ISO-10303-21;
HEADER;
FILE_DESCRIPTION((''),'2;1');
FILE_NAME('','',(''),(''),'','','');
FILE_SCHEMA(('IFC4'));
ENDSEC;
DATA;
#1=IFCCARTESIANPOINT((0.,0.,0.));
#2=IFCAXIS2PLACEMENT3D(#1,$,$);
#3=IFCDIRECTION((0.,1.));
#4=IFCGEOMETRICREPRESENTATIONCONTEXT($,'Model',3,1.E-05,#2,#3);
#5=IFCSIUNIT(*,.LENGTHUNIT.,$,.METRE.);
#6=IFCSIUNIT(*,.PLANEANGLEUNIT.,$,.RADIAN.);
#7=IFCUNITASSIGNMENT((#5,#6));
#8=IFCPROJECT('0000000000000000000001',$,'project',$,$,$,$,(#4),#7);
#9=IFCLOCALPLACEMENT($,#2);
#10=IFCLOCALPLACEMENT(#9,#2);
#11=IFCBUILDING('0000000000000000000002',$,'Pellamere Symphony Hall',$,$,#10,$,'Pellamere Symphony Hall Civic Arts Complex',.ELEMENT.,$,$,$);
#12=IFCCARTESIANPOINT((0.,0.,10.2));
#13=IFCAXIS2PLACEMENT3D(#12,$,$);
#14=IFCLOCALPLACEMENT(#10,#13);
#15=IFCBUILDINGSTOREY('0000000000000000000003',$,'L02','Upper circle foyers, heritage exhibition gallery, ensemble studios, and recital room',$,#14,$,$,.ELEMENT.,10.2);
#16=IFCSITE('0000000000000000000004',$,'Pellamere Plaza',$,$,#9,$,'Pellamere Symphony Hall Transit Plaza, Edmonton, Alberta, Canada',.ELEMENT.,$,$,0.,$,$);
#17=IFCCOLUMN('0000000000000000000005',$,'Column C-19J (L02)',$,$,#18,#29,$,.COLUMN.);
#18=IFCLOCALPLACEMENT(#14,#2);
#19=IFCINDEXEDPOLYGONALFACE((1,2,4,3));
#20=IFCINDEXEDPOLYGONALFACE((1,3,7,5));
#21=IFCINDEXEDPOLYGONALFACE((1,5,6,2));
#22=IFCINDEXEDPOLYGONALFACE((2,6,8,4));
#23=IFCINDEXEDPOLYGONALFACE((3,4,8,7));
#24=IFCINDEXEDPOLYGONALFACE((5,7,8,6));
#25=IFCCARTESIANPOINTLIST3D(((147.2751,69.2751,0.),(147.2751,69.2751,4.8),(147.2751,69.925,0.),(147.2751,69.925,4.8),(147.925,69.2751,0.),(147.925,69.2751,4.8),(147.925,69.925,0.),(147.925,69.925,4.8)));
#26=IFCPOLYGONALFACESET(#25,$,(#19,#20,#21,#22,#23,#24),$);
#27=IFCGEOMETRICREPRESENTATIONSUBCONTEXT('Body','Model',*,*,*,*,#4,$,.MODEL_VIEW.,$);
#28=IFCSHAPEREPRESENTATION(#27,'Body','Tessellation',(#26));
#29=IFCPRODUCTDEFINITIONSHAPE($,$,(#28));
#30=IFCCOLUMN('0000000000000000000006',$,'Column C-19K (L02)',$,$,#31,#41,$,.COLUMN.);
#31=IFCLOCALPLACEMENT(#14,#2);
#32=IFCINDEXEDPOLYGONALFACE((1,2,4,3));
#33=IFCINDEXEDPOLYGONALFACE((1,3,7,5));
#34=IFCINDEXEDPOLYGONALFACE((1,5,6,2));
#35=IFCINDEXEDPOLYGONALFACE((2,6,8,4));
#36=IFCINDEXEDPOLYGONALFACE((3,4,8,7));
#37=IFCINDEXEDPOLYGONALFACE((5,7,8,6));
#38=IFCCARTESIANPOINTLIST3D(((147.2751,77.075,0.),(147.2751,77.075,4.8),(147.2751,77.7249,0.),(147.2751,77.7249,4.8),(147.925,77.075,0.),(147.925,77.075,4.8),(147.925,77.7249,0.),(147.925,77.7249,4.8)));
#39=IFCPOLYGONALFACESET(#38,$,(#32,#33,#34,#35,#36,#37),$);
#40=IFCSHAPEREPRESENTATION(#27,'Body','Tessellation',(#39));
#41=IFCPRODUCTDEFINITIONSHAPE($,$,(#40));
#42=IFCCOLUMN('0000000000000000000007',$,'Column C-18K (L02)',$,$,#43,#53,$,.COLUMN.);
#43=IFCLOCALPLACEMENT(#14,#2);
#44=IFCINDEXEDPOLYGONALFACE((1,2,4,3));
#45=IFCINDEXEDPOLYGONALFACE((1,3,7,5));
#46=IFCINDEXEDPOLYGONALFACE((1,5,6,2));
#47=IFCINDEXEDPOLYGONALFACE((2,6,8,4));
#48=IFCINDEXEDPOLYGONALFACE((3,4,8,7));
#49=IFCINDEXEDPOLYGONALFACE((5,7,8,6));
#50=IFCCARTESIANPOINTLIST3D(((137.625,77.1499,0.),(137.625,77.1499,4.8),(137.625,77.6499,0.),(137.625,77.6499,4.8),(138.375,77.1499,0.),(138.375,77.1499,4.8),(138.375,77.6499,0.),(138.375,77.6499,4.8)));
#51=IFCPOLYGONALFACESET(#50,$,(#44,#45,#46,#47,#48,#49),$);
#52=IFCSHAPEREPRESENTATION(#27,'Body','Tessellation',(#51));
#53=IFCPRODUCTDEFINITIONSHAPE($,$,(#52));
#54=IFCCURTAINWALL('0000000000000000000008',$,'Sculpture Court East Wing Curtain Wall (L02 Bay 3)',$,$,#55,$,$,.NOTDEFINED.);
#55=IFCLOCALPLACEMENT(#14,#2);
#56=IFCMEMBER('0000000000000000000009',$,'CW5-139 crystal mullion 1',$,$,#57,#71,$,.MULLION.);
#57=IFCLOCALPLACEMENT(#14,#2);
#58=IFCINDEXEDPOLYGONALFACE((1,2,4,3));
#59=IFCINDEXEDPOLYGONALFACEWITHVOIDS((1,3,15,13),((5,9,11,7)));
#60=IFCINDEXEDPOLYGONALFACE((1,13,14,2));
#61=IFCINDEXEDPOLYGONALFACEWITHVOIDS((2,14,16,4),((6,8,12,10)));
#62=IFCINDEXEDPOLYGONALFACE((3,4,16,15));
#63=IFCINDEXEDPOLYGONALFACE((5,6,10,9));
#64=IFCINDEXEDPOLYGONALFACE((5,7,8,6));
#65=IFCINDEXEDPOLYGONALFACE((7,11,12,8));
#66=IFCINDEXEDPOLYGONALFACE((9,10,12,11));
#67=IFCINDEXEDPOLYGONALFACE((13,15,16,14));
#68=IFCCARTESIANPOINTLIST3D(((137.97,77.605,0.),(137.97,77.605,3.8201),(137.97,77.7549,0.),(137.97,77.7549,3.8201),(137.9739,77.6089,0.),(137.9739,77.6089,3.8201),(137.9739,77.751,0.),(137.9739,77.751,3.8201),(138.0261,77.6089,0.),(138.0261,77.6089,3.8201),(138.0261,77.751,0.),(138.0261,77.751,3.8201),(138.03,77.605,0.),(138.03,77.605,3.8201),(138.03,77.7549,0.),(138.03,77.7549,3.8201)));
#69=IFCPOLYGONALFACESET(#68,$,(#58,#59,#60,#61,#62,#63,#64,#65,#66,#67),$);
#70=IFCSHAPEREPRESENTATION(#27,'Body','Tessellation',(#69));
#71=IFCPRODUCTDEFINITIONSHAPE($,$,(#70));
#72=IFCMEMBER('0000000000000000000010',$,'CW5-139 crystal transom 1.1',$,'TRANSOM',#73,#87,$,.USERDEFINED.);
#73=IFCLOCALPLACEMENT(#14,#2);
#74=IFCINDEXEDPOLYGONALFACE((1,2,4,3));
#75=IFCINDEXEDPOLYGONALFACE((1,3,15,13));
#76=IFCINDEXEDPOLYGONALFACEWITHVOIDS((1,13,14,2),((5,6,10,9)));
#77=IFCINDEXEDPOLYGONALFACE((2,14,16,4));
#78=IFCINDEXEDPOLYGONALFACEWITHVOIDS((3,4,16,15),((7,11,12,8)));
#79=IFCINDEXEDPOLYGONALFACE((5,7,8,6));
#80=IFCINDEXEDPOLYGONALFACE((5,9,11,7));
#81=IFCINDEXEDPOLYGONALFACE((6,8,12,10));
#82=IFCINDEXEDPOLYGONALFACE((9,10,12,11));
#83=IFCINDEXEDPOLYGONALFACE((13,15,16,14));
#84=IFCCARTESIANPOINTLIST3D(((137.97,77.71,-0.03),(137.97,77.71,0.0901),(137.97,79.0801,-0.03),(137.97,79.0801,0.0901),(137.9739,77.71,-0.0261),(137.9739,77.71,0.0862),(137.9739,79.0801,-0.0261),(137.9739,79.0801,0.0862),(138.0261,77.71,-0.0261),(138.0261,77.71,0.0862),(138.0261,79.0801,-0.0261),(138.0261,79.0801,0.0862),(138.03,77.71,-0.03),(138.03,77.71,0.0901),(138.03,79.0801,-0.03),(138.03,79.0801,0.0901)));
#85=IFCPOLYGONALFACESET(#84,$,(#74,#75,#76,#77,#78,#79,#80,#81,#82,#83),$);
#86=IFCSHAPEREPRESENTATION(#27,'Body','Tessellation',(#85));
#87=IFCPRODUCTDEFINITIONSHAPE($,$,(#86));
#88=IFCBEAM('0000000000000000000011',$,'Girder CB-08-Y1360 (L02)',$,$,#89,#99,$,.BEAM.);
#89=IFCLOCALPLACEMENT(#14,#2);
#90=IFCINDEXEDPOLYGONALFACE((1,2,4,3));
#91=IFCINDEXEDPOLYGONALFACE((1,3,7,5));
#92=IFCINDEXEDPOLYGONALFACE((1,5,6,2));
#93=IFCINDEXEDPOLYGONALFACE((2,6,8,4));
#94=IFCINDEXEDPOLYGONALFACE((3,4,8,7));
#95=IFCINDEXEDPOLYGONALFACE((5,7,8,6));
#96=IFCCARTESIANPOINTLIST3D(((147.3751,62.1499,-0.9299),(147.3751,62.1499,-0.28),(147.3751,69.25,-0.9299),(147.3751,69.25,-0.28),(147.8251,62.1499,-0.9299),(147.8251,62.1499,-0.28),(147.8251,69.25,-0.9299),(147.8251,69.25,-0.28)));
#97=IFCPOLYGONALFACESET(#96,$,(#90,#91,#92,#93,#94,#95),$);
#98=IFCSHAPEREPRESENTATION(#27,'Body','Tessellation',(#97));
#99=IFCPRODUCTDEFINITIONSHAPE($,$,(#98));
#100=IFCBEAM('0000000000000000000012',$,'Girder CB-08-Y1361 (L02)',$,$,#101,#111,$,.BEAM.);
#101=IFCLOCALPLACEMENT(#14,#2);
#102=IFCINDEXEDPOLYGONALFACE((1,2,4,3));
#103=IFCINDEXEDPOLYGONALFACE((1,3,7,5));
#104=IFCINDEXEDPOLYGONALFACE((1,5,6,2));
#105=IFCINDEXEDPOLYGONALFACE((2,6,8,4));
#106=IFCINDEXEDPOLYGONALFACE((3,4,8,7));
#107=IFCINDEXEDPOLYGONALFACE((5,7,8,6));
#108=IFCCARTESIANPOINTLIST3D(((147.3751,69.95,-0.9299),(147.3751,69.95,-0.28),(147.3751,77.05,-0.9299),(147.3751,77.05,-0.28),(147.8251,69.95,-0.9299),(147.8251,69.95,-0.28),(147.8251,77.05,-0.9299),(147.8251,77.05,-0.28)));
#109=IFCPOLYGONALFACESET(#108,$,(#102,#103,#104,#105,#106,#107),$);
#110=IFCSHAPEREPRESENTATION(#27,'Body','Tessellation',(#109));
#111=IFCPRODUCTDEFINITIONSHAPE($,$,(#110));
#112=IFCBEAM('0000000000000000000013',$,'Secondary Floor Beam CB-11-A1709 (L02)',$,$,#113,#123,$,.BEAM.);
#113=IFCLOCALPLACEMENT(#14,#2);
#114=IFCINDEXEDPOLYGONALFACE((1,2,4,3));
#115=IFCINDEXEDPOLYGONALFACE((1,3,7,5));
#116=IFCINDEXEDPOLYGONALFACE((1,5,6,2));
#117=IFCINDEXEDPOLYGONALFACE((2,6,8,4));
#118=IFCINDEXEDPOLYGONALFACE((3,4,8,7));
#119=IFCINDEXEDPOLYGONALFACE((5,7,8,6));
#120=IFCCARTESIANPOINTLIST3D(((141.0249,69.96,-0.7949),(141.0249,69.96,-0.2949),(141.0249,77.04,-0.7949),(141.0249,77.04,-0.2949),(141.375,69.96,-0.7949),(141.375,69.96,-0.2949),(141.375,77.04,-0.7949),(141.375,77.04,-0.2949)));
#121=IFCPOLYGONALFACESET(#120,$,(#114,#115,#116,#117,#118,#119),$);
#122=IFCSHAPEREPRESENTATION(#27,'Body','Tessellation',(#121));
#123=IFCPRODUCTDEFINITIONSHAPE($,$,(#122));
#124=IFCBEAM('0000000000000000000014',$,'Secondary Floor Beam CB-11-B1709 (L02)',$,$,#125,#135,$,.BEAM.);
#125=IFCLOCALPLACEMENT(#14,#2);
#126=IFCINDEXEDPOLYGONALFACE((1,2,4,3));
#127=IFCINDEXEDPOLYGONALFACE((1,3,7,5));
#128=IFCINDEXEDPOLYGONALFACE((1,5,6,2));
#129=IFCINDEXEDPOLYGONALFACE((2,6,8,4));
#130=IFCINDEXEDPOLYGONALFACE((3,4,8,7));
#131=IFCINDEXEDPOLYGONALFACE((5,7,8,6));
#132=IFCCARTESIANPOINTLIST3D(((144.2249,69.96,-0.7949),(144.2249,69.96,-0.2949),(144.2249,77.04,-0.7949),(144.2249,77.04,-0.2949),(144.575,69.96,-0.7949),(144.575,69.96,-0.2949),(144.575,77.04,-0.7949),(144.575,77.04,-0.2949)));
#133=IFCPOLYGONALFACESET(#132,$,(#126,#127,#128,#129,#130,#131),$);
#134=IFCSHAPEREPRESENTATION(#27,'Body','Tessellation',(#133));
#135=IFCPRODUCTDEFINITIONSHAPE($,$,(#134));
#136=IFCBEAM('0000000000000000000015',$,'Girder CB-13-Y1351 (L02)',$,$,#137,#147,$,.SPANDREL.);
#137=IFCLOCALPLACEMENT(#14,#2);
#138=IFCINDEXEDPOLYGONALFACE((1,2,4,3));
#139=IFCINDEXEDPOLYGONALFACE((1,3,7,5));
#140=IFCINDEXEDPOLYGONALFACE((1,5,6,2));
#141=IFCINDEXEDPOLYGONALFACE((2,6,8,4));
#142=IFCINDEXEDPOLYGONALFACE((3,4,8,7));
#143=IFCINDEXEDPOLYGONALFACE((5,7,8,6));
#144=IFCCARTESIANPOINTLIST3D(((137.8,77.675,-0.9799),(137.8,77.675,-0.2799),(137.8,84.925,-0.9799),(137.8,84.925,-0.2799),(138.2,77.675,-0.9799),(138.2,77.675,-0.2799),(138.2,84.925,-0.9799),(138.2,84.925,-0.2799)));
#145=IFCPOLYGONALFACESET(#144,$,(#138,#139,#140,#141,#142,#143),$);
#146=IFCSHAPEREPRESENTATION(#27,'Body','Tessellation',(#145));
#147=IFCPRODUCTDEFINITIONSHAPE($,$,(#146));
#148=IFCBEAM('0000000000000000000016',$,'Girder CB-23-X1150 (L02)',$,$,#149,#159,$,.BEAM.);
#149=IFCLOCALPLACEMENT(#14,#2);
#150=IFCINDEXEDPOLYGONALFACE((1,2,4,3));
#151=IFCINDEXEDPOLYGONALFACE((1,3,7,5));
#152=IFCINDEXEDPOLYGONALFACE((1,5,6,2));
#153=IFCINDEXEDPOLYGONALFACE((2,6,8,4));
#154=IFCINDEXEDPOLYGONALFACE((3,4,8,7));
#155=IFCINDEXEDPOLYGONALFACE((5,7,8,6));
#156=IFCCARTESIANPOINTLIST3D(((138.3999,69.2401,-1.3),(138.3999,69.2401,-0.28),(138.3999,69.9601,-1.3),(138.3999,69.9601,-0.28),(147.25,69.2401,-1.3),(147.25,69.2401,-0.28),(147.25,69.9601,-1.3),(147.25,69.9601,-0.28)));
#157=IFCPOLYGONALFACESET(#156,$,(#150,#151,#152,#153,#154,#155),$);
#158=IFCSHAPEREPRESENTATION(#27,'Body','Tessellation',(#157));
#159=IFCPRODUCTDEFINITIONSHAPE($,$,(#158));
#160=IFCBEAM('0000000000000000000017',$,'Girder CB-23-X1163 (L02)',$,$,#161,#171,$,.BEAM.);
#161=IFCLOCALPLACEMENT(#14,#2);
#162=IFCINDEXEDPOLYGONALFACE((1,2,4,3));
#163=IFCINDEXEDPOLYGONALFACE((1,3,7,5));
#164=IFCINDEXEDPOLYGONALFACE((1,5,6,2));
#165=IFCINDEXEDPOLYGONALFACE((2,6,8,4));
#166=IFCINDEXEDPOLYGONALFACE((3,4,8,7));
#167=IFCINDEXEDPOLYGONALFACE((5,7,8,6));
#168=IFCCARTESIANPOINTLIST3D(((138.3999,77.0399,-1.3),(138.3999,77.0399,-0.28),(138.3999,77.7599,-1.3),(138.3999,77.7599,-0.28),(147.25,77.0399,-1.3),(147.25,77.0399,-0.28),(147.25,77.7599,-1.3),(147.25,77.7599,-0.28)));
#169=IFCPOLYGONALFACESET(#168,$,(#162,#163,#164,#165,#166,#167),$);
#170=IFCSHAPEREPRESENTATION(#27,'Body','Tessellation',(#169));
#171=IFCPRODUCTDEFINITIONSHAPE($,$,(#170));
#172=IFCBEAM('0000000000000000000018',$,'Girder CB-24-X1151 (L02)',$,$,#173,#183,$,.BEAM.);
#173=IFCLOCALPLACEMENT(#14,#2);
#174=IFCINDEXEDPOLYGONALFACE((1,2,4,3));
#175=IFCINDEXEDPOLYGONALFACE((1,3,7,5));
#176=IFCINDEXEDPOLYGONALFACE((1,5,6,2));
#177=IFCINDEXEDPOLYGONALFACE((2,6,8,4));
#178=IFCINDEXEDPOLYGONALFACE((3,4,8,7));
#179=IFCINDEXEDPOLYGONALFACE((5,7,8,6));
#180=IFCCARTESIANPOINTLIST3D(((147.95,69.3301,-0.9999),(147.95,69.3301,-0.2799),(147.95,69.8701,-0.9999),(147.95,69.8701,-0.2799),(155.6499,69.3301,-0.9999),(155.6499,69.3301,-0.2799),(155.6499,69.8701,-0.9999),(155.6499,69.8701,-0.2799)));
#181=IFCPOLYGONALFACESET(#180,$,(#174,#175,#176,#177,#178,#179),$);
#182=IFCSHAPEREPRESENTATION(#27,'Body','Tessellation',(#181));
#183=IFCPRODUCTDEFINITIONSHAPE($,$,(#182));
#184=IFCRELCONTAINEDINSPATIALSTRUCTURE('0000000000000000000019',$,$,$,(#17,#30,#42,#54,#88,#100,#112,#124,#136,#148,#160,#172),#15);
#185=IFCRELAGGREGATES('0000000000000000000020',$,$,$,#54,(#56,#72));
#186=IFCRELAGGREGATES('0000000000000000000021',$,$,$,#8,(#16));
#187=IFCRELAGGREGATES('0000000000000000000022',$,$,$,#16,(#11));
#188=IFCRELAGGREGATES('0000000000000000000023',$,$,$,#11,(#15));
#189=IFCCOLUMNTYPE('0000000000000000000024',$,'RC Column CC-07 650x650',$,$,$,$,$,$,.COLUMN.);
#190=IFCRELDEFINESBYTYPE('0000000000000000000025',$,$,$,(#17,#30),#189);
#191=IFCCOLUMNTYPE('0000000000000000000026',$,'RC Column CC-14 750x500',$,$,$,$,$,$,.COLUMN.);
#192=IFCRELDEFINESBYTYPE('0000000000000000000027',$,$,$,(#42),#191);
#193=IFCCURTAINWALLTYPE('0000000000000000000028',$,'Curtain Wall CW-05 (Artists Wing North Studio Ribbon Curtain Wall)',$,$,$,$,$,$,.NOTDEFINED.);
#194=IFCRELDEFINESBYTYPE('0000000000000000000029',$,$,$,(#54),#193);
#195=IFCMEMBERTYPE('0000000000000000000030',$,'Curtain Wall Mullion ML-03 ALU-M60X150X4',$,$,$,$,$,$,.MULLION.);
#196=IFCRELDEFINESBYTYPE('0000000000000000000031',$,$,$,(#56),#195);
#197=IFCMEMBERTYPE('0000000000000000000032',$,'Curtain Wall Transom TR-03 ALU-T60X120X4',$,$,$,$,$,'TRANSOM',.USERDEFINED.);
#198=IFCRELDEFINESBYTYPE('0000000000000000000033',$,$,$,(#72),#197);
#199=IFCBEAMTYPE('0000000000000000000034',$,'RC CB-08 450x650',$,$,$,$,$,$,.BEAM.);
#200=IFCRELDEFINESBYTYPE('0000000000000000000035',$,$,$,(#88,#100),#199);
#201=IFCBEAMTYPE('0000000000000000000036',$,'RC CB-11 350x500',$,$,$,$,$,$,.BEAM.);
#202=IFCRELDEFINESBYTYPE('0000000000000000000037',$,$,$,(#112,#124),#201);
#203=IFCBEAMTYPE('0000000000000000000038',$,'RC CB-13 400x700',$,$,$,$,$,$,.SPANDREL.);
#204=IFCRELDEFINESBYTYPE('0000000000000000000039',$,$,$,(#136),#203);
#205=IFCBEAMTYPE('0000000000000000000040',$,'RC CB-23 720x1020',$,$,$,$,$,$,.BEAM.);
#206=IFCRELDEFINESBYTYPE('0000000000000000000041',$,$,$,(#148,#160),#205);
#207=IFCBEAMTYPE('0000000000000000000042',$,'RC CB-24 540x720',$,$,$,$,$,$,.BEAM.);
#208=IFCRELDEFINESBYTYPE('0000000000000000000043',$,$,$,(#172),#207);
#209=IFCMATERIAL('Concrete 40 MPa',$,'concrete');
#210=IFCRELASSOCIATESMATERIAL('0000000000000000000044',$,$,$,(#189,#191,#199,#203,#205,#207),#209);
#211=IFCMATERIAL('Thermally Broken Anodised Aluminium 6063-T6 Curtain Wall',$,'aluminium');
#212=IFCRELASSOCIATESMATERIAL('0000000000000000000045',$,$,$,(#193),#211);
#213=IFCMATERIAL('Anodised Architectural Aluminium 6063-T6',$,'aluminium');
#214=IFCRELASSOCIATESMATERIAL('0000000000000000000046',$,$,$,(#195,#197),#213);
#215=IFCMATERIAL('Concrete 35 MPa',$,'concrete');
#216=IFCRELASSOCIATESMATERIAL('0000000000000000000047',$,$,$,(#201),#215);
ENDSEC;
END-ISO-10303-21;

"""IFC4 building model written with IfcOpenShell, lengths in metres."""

from ifc_helpers import new_model, si_unit, direction, frame, origin, origin_2d, place, context, subcontext, project, spatial, rectangle, hollow_rectangle, extrude, material, material_profile, profile_set, type_object, element, aggregate, save


model = new_model("IFC4")

# Units and contexts
model_context = context("Model", 3, precision=1e-05, world=origin(), true_north=direction((0.0, 1.0)))
body_context = subcontext(model_context, "Body", "Model", "MODEL_VIEW")
ifc_project = project(units=[si_unit("LENGTHUNIT", "METRE"), si_unit("PLANEANGLEUNIT", "RADIAN")], contexts=[model_context])

# Site, building, storey
site_placement = place(None, origin())
site = spatial("IfcSite", under=ifc_project, at=site_placement, Name="Pellamere Plaza", LongName="Pellamere Symphony Hall Transit Plaza, Edmonton, Alberta, Canada", CompositionType="ELEMENT", RefElevation=0.0)
building_placement = place(site_placement, origin())
building = spatial("IfcBuilding", under=site, at=building_placement, Name="Pellamere Symphony Hall", LongName="Pellamere Symphony Hall Civic Arts Complex", CompositionType="ELEMENT")
storey_placement = place(building_placement, frame((0.0, 0.0, 10.2)))
storey = spatial("IfcBuildingStorey", under=building, at=storey_placement, Name="L02", Description="Upper circle foyers, heritage exhibition gallery, ensemble studios, and recital room", CompositionType="ELEMENT", Elevation=10.2)

# Columns
ifc_material_1 = material(Name="Concrete 40 MPa", Category="concrete")
ifc_material_profile_1 = material_profile(ifc_material_1, rectangle(XDim=0.6499, YDim=0.6499, at=origin_2d()), Name="RC 650x650")
ifc_profile_set_1 = profile_set([ifc_material_profile_1], Name="Concrete 40 MPa")
column_type_1 = type_object("IfcColumnType", Name="RC Column CC-07 650x650", PredefinedType="COLUMN", material=ifc_profile_set_1)
for number, where, z_axis, x_axis, name in (
    (1, (147.6001, 69.6001, 0.0), (0.0, 0.0, 1.0), (1.0, 0.0, 0.0), "Column C-19J (L02)"),
    (2, (147.6001, 77.3999, 0.0), (0.0, 0.0, 1.0), (1.0, 0.0, 0.0), "Column C-19K (L02)"),
):
    element("IfcColumn", number, at=place(storey_placement, frame(where, z_axis=z_axis, x_axis=x_axis)), inside=storey, type_object=column_type_1, Name=name, PredefinedType="COLUMN", context=body_context, shape_type="SweptSolid", body=[
        extrude(rectangle(XDim=0.6499, YDim=0.6499, at=origin_2d()), origin(), (0.0, 0.0, 1.0), 4.8),
    ])
ifc_material_profile_2 = material_profile(ifc_material_1, rectangle(XDim=0.75, YDim=0.5, at=origin_2d()), Name="RC 750x500")
ifc_profile_set_2 = profile_set([ifc_material_profile_2], Name="Concrete 40 MPa")
column_type_2 = type_object("IfcColumnType", Name="RC Column CC-14 750x500", PredefinedType="COLUMN", material=ifc_profile_set_2)
column_placement = place(storey_placement, frame((138.0, 77.3999, 0.0), z_axis=(0.0, 0.0, 1.0), x_axis=(1.0, 0.0, 0.0)))
element("IfcColumn", 3, at=column_placement, inside=storey, type_object=column_type_2, Name="Column C-18K (L02)", PredefinedType="COLUMN", context=body_context, shape_type="SweptSolid", body=[
    extrude(rectangle(XDim=0.75, YDim=0.5, at=origin_2d()), origin(), (0.0, 0.0, 1.0), 4.8),
])

# Curtain wall, members
ifc_material_2 = material(Name="Thermally Broken Anodised Aluminium 6063-T6 Curtain Wall", Category="aluminium")
curtain_wall_type = type_object("IfcCurtainWallType", Name="Curtain Wall CW-05 (Artists Wing North Studio Ribbon Curtain Wall)", PredefinedType="NOTDEFINED", material=ifc_material_2)
curtain_wall_placement = place(storey_placement, origin())
curtain_wall = element("IfcCurtainWall", 4, at=curtain_wall_placement, inside=storey, type_object=curtain_wall_type, Name="Sculpture Court East Wing Curtain Wall (L02 Bay 3)", PredefinedType="NOTDEFINED")
ifc_material_3 = material(Name="Anodised Architectural Aluminium 6063-T6", Category="aluminium")
ifc_material_profile_3 = material_profile(ifc_material_3, hollow_rectangle(XDim=0.0601, YDim=0.1499, WallThickness=0.0039, at=origin_2d()), Name="ALU-M60X150X4")
ifc_profile_set_3 = profile_set([ifc_material_profile_3], Name="Anodised Architectural Aluminium 6063-T6")
member_type_1 = type_object("IfcMemberType", Name="Curtain Wall Mullion ML-03 ALU-M60X150X4", PredefinedType="MULLION", material=ifc_profile_set_3)
member_1_placement = place(storey_placement, frame((138.0, 77.6799, 0.0), z_axis=(0.0, 0.0, 1.0), x_axis=(-1.0, 0.0, 0.0)))
member_1 = element("IfcMember", 5, at=member_1_placement, type_object=member_type_1, Name="CW5-139 crystal mullion 1", PredefinedType="MULLION", context=body_context, shape_type="SweptSolid", body=[
    extrude(hollow_rectangle(XDim=0.0601, YDim=0.1499, WallThickness=0.0039, at=origin_2d()), origin(), (0.0, 0.0, 1.0), 3.8201),
])
ifc_material_profile_4 = material_profile(ifc_material_3, hollow_rectangle(XDim=0.0601, YDim=0.1201, WallThickness=0.0039, at=origin_2d()), Name="ALU-T60X120X4")
ifc_profile_set_4 = profile_set([ifc_material_profile_4], Name="Anodised Architectural Aluminium 6063-T6")
member_type_2 = type_object("IfcMemberType", Name="Curtain Wall Transom TR-03 ALU-T60X120X4", ElementType="TRANSOM", PredefinedType="USERDEFINED", material=ifc_profile_set_4)
member_2_placement = place(storey_placement, frame((138.0, 77.71, 0.03), z_axis=(0.0, 1.0, 0.0), x_axis=(-1.0, 0.0, 0.0)))
member_2 = element("IfcMember", 6, at=member_2_placement, type_object=member_type_2, Name="CW5-139 crystal transom 1.1", ObjectType="TRANSOM", PredefinedType="USERDEFINED", context=body_context, shape_type="SweptSolid", body=[
    extrude(hollow_rectangle(XDim=0.0601, YDim=0.1201, WallThickness=0.0039, at=origin_2d()), origin(), (0.0, 0.0, 1.0), 1.3701),
])
aggregate(curtain_wall, [member_1, member_2])

# Beams
ifc_material_profile_5 = material_profile(ifc_material_1, rectangle(XDim=0.45, YDim=0.6499, at=origin_2d()), Name="RC 450x650")
ifc_profile_set_5 = profile_set([ifc_material_profile_5], Name="Concrete 40 MPa")
beam_type_1 = type_object("IfcBeamType", Name="RC CB-08 450x650", PredefinedType="BEAM", material=ifc_profile_set_5)
for number, where, z_axis, x_axis, name in (
    (7, (147.6001, 62.1499, -0.605), (0.0, 1.0, 0.0), (-1.0, 0.0, 0.0), "Girder CB-08-Y1360 (L02)"),
    (8, (147.6001, 69.95, -0.605), (0.0, 1.0, 0.0), (-1.0, 0.0, 0.0), "Girder CB-08-Y1361 (L02)"),
):
    element("IfcBeam", number, at=place(storey_placement, frame(where, z_axis=z_axis, x_axis=x_axis)), inside=storey, type_object=beam_type_1, Name=name, PredefinedType="BEAM", context=body_context, shape_type="SweptSolid", body=[
        extrude(rectangle(XDim=0.45, YDim=0.6499, at=origin_2d()), origin(), (0.0, 0.0, 1.0), 7.1001),
    ])
ifc_material_4 = material(Name="Concrete 35 MPa", Category="concrete")
ifc_material_profile_6 = material_profile(ifc_material_4, rectangle(XDim=0.3501, YDim=0.5, at=origin_2d()), Name="RC 350x500")
ifc_profile_set_6 = profile_set([ifc_material_profile_6], Name="Concrete 35 MPa")
beam_type_2 = type_object("IfcBeamType", Name="RC CB-11 350x500", PredefinedType="BEAM", material=ifc_profile_set_6)
for number, where, z_axis, x_axis, name in (
    (9, (141.2, 69.96, -0.5449), (0.0, 1.0, 0.0), (-1.0, 0.0, 0.0), "Secondary Floor Beam CB-11-A1709 (L02)"),
    (10, (144.3999, 69.96, -0.5449), (0.0, 1.0, 0.0), (-1.0, 0.0, 0.0), "Secondary Floor Beam CB-11-B1709 (L02)"),
):
    element("IfcBeam", number, at=place(storey_placement, frame(where, z_axis=z_axis, x_axis=x_axis)), inside=storey, type_object=beam_type_2, Name=name, PredefinedType="BEAM", context=body_context, shape_type="SweptSolid", body=[
        extrude(rectangle(XDim=0.3501, YDim=0.5, at=origin_2d()), origin(), (0.0, 0.0, 1.0), 7.0801),
    ])
ifc_material_profile_7 = material_profile(ifc_material_1, rectangle(XDim=0.3999, YDim=0.7, at=origin_2d()), Name="RC 400x700")
ifc_profile_set_7 = profile_set([ifc_material_profile_7], Name="Concrete 40 MPa")
beam_type_3 = type_object("IfcBeamType", Name="RC CB-13 400x700", PredefinedType="SPANDREL", material=ifc_profile_set_7)
beam_1_placement = place(storey_placement, frame((138.0, 77.675, -0.6299), z_axis=(0.0, 1.0, 0.0), x_axis=(-1.0, 0.0, 0.0)))
element("IfcBeam", 11, at=beam_1_placement, inside=storey, type_object=beam_type_3, Name="Girder CB-13-Y1351 (L02)", PredefinedType="SPANDREL", context=body_context, shape_type="SweptSolid", body=[
    extrude(rectangle(XDim=0.3999, YDim=0.7, at=origin_2d()), origin(), (0.0, 0.0, 1.0), 7.25),
])
ifc_material_profile_8 = material_profile(ifc_material_1, rectangle(XDim=0.72, YDim=1.02, at=origin_2d()), Name="RC 720x1020")
ifc_profile_set_8 = profile_set([ifc_material_profile_8], Name="Concrete 40 MPa")
beam_type_4 = type_object("IfcBeamType", Name="RC CB-23 720x1020", PredefinedType="BEAM", material=ifc_profile_set_8)
for number, where, z_axis, x_axis, name in (
    (12, (138.3999, 69.6001, -0.79), (1.0, 0.0, 0.0), (0.0, 1.0, 0.0), "Girder CB-23-X1150 (L02)"),
    (13, (138.3999, 77.3999, -0.79), (1.0, 0.0, 0.0), (0.0, 1.0, 0.0), "Girder CB-23-X1163 (L02)"),
):
    element("IfcBeam", number, at=place(storey_placement, frame(where, z_axis=z_axis, x_axis=x_axis)), inside=storey, type_object=beam_type_4, Name=name, PredefinedType="BEAM", context=body_context, shape_type="SweptSolid", body=[
        extrude(rectangle(XDim=0.72, YDim=1.02, at=origin_2d()), origin(), (0.0, 0.0, 1.0), 8.8501),
    ])
ifc_material_profile_9 = material_profile(ifc_material_1, rectangle(XDim=0.54, YDim=0.72, at=origin_2d()), Name="RC 540x720")
ifc_profile_set_9 = profile_set([ifc_material_profile_9], Name="Concrete 40 MPa")
beam_type_5 = type_object("IfcBeamType", Name="RC CB-24 540x720", PredefinedType="BEAM", material=ifc_profile_set_9)
for number, where, z_axis, x_axis, name in (
    (14, (147.95, 69.6001, -0.6399), (1.0, 0.0, 0.0), (0.0, 1.0, 0.0), "Girder CB-24-X1151 (L02)"),
):
    element("IfcBeam", number, at=place(storey_placement, frame(where, z_axis=z_axis, x_axis=x_axis)), inside=storey, type_object=beam_type_5, Name=name, PredefinedType="BEAM", context=body_context, shape_type="SweptSolid", body=[
        extrude(rectangle(XDim=0.54, YDim=0.72, at=origin_2d()), origin(), (0.0, 0.0, 1.0), 7.7),
    ])

save(model, "model.ifc")
